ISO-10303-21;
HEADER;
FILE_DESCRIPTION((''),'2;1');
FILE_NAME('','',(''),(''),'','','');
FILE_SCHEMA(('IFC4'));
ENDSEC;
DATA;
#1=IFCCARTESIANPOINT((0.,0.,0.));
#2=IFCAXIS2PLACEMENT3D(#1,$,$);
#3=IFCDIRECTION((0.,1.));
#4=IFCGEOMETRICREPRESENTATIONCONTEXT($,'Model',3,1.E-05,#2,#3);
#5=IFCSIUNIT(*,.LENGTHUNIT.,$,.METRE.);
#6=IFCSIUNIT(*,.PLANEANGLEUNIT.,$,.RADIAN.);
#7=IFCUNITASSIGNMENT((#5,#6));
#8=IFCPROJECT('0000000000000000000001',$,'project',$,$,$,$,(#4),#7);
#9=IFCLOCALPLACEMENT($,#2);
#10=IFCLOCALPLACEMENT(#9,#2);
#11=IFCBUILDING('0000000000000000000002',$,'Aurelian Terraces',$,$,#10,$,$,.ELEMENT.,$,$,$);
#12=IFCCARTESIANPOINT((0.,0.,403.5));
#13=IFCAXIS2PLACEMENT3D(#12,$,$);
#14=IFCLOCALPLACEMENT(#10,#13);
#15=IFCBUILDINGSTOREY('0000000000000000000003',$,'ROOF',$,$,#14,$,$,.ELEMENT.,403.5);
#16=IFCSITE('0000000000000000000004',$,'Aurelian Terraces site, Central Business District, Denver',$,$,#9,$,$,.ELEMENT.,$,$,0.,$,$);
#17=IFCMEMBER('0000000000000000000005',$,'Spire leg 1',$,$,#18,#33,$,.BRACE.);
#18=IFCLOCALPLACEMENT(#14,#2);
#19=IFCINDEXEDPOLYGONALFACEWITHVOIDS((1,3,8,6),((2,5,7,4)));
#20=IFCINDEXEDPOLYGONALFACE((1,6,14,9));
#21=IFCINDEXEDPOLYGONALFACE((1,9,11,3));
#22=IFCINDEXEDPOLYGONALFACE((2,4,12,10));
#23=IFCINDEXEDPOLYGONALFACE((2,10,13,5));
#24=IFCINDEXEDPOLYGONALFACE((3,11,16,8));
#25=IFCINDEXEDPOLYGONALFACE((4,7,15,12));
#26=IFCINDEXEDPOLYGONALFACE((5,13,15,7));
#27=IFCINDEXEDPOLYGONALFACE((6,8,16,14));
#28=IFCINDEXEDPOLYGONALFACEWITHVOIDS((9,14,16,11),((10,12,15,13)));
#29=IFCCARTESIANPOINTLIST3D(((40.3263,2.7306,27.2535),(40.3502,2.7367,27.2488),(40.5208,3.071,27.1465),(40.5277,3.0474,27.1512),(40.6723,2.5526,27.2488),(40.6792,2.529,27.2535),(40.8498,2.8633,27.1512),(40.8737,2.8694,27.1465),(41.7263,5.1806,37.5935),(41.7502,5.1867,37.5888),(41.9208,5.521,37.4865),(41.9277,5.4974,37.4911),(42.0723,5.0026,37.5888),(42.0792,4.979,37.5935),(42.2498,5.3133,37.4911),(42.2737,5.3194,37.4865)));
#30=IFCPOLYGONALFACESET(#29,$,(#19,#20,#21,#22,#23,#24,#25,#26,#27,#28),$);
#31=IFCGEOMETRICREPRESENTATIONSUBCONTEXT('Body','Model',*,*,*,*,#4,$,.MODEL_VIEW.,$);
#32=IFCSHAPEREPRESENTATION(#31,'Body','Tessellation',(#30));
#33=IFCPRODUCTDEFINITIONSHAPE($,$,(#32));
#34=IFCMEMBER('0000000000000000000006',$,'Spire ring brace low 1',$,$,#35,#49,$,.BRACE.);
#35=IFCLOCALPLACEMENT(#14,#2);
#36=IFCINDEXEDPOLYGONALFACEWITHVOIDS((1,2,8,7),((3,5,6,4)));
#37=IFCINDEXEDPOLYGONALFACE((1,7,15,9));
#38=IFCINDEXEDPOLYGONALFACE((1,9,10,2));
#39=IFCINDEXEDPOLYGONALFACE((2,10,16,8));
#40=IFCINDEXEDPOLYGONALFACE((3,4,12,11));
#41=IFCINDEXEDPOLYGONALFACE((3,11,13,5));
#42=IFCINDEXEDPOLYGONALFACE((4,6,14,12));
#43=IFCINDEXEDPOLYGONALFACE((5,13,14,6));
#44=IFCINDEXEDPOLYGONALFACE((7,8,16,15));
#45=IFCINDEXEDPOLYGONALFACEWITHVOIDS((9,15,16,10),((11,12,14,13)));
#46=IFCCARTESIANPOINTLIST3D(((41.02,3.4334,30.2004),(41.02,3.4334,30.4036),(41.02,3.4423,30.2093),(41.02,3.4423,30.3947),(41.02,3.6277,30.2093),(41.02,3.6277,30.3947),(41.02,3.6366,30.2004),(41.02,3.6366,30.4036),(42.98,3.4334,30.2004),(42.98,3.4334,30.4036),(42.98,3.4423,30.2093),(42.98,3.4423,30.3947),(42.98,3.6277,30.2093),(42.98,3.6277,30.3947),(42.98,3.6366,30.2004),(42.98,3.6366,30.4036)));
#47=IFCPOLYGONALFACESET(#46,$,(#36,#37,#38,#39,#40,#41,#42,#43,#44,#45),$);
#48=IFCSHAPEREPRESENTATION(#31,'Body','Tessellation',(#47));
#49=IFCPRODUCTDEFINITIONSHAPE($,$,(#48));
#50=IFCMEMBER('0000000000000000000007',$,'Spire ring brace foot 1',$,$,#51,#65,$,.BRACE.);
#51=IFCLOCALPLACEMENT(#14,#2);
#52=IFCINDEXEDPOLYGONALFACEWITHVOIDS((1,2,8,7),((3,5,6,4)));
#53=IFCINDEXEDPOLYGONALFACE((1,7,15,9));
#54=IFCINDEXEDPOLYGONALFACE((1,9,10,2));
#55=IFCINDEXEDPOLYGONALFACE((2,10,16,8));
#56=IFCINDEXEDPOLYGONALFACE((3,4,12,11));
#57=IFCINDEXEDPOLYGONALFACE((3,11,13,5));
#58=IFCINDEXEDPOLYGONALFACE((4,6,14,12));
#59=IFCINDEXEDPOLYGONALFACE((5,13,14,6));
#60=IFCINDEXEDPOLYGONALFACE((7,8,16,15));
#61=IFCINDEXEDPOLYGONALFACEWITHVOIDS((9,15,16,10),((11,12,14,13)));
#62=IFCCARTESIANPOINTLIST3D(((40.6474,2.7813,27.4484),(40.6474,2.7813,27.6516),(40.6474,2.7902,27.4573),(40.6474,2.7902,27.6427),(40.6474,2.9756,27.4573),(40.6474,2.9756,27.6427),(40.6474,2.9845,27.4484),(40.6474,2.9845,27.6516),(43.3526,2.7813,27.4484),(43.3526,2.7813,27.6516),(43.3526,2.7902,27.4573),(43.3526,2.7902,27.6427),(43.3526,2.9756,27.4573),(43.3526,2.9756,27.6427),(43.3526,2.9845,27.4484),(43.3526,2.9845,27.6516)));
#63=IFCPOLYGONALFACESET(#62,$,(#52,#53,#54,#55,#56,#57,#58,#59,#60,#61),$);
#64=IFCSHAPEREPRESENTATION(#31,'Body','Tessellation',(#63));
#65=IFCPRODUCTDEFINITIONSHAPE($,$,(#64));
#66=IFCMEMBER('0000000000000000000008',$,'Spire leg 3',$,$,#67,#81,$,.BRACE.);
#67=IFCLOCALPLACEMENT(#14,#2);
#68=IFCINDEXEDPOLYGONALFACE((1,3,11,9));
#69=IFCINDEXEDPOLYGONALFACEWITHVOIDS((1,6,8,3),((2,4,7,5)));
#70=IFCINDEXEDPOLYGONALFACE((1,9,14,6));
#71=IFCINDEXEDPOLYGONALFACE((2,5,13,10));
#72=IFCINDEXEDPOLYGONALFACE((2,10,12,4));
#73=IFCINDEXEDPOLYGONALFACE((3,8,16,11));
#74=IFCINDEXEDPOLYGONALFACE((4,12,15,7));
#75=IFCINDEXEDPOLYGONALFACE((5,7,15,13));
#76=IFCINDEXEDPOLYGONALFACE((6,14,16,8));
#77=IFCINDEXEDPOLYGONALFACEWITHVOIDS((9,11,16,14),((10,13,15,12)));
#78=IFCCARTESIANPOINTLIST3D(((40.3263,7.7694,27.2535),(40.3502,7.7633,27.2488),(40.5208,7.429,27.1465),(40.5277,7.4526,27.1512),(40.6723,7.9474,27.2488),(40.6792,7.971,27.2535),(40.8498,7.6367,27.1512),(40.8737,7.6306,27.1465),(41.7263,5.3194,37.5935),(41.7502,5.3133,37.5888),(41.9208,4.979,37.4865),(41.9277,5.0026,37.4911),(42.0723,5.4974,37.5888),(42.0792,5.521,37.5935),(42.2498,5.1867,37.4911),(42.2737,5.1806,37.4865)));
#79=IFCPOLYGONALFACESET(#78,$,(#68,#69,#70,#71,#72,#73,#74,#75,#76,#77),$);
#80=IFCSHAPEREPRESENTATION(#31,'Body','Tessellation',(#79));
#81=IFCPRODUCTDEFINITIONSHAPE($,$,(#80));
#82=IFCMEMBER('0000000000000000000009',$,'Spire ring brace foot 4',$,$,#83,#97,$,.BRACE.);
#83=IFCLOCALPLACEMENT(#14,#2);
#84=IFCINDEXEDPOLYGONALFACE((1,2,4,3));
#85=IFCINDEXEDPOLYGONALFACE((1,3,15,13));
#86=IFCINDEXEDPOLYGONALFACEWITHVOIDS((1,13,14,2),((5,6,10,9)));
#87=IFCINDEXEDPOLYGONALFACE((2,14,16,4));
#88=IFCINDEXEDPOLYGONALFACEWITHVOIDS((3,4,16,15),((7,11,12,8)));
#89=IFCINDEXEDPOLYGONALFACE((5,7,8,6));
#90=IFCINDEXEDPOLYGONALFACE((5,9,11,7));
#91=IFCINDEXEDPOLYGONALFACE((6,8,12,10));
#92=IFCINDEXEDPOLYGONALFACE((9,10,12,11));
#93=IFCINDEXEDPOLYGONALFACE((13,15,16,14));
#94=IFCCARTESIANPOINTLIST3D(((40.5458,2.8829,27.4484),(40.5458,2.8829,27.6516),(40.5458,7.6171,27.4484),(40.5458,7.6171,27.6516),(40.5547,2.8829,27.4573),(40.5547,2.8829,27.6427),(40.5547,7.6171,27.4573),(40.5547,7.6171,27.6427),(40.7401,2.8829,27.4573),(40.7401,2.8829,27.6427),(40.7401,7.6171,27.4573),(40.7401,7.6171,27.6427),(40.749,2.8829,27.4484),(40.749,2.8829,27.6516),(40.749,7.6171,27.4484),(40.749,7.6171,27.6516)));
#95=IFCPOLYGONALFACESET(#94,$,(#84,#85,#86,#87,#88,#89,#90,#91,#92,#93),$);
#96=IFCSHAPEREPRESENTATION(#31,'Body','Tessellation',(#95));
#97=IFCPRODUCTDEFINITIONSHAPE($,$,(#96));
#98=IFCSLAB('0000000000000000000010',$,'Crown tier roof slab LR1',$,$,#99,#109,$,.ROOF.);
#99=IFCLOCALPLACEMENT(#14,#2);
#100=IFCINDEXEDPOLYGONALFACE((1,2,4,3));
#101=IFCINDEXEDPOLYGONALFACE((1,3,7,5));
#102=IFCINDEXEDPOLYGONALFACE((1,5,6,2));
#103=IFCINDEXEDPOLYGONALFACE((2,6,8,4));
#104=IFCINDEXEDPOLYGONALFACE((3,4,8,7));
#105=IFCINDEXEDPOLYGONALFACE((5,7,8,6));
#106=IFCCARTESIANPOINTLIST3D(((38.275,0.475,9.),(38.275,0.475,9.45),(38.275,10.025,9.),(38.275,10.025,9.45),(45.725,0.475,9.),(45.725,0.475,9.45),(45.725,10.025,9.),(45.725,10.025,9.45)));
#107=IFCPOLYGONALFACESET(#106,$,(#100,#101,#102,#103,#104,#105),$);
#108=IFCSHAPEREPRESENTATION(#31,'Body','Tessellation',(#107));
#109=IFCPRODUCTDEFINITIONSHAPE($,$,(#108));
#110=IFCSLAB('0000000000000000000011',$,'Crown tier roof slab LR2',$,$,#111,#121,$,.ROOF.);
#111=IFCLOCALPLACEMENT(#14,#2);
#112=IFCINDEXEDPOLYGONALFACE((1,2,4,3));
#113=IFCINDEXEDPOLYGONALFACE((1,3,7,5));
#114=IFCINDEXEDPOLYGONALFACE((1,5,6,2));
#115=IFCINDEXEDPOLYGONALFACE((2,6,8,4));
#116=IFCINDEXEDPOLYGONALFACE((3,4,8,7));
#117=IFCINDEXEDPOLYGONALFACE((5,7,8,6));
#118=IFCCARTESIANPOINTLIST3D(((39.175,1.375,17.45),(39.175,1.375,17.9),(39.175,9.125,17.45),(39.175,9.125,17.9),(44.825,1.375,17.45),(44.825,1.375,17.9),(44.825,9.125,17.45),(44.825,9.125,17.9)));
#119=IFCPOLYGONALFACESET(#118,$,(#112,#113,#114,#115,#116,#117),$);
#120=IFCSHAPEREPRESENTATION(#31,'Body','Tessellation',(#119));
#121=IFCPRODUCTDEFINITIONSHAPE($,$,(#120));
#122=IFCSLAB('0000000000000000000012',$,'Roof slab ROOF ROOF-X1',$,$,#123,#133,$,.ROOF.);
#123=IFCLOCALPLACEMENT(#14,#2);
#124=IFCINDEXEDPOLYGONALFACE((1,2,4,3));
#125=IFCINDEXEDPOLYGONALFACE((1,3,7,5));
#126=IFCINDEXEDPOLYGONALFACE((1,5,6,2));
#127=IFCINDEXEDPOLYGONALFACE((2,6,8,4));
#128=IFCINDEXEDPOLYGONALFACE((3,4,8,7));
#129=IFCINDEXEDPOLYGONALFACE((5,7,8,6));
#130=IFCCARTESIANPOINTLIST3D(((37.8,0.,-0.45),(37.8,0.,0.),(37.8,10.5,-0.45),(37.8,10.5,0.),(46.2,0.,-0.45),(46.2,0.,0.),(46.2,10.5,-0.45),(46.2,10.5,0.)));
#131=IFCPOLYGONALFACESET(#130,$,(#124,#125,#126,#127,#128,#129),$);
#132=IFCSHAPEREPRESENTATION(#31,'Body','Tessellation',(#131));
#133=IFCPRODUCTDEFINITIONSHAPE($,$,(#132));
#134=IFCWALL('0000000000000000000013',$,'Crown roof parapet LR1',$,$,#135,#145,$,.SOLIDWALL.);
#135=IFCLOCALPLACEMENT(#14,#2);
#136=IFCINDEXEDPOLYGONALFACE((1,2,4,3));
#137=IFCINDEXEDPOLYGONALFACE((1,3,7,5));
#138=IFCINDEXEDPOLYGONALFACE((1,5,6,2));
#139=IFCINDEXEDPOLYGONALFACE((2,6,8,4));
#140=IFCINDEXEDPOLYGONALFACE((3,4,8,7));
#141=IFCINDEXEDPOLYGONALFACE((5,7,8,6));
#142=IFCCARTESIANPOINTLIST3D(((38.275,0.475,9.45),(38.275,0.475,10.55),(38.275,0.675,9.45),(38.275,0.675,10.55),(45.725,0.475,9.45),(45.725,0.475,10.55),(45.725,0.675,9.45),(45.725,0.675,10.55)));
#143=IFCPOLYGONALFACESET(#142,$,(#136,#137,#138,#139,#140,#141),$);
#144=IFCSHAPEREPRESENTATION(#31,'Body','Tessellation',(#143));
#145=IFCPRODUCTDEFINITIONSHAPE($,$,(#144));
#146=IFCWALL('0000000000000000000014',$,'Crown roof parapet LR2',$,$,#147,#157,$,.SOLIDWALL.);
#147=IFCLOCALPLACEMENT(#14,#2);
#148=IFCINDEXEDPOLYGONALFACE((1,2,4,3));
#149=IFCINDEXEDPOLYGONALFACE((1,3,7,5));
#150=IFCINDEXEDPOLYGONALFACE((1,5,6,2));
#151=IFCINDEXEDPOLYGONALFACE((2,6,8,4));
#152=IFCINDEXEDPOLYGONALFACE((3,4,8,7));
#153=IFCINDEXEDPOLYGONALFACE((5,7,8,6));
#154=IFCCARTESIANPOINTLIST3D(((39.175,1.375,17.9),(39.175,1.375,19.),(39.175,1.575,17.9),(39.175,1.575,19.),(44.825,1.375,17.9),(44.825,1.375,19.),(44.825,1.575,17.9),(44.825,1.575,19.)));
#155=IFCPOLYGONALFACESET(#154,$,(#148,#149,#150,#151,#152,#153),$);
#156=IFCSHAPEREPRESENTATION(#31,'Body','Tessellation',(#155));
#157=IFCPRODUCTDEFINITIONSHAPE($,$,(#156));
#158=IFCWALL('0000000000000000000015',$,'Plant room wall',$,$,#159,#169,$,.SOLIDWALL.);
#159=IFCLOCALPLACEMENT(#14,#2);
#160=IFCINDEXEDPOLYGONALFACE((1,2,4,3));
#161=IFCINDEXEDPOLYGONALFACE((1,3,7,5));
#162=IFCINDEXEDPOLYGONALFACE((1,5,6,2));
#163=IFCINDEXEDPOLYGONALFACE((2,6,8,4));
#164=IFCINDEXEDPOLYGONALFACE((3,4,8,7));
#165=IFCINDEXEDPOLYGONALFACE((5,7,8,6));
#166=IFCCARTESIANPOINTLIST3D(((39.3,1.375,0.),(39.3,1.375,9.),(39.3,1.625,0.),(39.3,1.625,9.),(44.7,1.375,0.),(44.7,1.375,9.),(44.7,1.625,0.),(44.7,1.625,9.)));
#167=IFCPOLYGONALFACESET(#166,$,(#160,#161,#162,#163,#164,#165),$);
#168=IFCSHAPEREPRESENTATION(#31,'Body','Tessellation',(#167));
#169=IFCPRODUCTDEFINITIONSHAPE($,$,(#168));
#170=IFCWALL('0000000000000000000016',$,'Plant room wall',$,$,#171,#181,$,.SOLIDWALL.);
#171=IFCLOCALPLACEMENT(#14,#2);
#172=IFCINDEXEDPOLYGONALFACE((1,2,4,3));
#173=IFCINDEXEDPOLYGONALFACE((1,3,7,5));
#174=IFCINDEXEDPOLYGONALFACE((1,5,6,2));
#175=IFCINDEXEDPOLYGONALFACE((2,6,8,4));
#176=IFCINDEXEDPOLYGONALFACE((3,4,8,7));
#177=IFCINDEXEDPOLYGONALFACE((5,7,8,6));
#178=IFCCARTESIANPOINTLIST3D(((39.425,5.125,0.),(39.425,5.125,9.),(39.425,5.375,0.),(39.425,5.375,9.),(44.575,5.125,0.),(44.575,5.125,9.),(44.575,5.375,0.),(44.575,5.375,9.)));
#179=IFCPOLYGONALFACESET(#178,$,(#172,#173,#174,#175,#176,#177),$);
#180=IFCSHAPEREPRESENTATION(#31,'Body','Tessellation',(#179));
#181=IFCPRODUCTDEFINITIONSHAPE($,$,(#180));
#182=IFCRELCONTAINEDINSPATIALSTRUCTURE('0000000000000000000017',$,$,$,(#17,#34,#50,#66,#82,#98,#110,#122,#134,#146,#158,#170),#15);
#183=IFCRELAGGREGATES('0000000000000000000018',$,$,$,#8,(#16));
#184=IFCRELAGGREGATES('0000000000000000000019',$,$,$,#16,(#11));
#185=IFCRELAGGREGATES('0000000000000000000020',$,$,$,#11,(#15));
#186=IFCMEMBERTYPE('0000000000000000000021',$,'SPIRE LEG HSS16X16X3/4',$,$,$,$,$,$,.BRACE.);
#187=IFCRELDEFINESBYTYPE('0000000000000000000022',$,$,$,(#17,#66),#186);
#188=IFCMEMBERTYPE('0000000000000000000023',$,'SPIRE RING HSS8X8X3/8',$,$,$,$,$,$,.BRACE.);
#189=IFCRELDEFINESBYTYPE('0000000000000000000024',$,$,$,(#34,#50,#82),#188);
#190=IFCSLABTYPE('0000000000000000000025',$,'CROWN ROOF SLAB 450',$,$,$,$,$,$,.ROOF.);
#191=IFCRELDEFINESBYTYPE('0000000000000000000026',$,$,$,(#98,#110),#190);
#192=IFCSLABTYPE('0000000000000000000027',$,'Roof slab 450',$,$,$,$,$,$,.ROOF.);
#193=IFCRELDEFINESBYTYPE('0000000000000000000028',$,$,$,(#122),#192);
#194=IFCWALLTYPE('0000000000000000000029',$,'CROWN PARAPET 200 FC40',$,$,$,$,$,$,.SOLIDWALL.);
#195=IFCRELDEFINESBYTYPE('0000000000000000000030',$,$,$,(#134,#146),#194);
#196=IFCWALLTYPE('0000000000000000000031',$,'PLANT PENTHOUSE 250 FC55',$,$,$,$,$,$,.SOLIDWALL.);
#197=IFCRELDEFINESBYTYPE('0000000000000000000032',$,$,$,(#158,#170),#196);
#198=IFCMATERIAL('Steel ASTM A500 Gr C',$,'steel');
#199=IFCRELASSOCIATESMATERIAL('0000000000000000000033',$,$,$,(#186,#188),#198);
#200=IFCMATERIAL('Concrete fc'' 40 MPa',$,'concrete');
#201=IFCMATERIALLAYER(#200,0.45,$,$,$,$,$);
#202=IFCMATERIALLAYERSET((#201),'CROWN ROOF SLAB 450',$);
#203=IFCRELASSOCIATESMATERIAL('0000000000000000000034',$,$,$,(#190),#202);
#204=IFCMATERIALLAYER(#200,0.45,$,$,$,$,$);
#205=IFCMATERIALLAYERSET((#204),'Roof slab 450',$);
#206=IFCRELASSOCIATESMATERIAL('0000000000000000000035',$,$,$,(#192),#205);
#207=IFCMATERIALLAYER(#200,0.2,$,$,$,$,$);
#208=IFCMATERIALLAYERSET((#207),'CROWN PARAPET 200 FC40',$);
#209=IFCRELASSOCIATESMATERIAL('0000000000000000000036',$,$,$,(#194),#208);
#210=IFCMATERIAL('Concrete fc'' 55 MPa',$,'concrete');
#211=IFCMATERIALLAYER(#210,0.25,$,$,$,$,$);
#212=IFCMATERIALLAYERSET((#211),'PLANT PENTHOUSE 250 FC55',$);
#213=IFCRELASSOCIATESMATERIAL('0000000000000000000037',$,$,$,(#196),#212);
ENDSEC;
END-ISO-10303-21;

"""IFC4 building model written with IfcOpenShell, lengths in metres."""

from ifc_helpers import new_model, si_unit, direction, frame, frame_2d, origin, origin_2d, place, context, subcontext, project, spatial, polyline, rectangle, hollow_rectangle, outline, extrude, source, transform, mapped, material, layer, layer_set, material_profile, profile_set, type_object, element, save


model = new_model("IFC4")

# Units and contexts
model_context = context("Model", 3, precision=1e-05, world=origin(), true_north=direction((0.0, 1.0)))
body_context = subcontext(model_context, "Body", "Model", "MODEL_VIEW")
ifc_project = project(units=[si_unit("LENGTHUNIT", "METRE"), si_unit("PLANEANGLEUNIT", "RADIAN")], contexts=[model_context])

# Site, building, storey
site_placement = place(None, origin())
site = spatial("IfcSite", under=ifc_project, at=site_placement, Name="Aurelian Terraces site, Central Business District, Denver", CompositionType="ELEMENT", RefElevation=0.0)
building_placement = place(site_placement, origin())
building = spatial("IfcBuilding", under=site, at=building_placement, Name="Aurelian Terraces", CompositionType="ELEMENT")
storey_placement = place(building_placement, frame((0.0, 0.0, 403.5)))
storey = spatial("IfcBuildingStorey", under=building, at=storey_placement, Name="ROOF", CompositionType="ELEMENT", Elevation=403.5)

# Members
ifc_material_1 = material(Name="Steel ASTM A500 Gr C", Category="steel")
ifc_material_profile_1 = material_profile(ifc_material_1, hollow_rectangle(XDim=0.4064, YDim=0.4064, WallThickness=0.0177, at=origin_2d()))
ifc_profile_set_1 = profile_set([ifc_material_profile_1], Name="Steel ASTM A500 Gr C")
member_type_1 = type_object("IfcMemberType", Name="SPIRE LEG HSS16X16X3/4", PredefinedType="BRACE", material=ifc_profile_set_1)
member_1_placement = place(storey_placement, frame((40.6, 2.8, 27.2), z_axis=(0.13062, 0.228585, 0.964721), x_axis=(-0.868243, 0.496139, 0.0)))
element("IfcMember", 1, at=member_1_placement, inside=storey, type_object=member_type_1, Name="Spire leg 1", PredefinedType="BRACE", context=body_context, shape_type="SweptSolid", body=[
    extrude(hollow_rectangle(XDim=0.4064, YDim=0.4064, WallThickness=0.0177, at=origin_2d()), origin(), (0.0, 0.0, 1.0), 10.7181),
])
ifc_material_profile_2 = material_profile(ifc_material_1, hollow_rectangle(XDim=0.2032, YDim=0.2032, WallThickness=0.0089, at=origin_2d()))
ifc_profile_set_2 = profile_set([ifc_material_profile_2], Name="Steel ASTM A500 Gr C")
member_type_2 = type_object("IfcMemberType", Name="SPIRE RING HSS8X8X3/8", PredefinedType="BRACE", material=ifc_profile_set_2)
member_2_placement = place(storey_placement, frame((41.02, 3.535, 30.302), z_axis=(1.0, 0.0, 0.0), x_axis=(0.0, 1.0, 0.0)))
element("IfcMember", 2, at=member_2_placement, inside=storey, type_object=member_type_2, Name="Spire ring brace low 1", PredefinedType="BRACE", context=body_context, shape_type="SweptSolid", body=[
    extrude(hollow_rectangle(XDim=0.2032, YDim=0.2032, WallThickness=0.0089, at=origin_2d()), origin(), (0.0, 0.0, 1.0), 1.96),
])
member_3_placement = place(storey_placement, frame((40.6474, 2.8829, 27.55), z_axis=(1.0, 0.0, 0.0), x_axis=(0.0, 1.0, 0.0)))
element("IfcMember", 3, at=member_3_placement, inside=storey, type_object=member_type_2, Name="Spire ring brace foot 1", PredefinedType="BRACE", context=body_context, shape_type="SweptSolid", body=[
    extrude(hollow_rectangle(XDim=0.2032, YDim=0.2032, WallThickness=0.0089, at=origin_2d()), origin(), (0.0, 0.0, 1.0), 2.7052),
])
shared_shape_1 = source(origin(), body_context, "Body", "SweptSolid", [
    extrude(hollow_rectangle(XDim=0.4064, YDim=0.4064, WallThickness=0.0177, at=origin_2d()), origin(), (0.0, 0.0, 1.0), 10.7181),
])
member_4_placement = place(storey_placement, frame((40.6, 7.7, 27.2), z_axis=(0.13062, -0.228585, 0.964721), x_axis=(0.868243, 0.496139, 0.0)))
element("IfcMember", 4, at=member_4_placement, inside=storey, type_object=member_type_1, Name="Spire leg 3", PredefinedType="BRACE", context=body_context, shape_type="MappedRepresentation", body=[
    mapped(shared_shape_1, transform((0.0, 0.0, 0.0), scale=1.0)),
])
shared_shape_2 = source(origin(), body_context, "Body", "SweptSolid", [
    extrude(hollow_rectangle(XDim=0.2032, YDim=0.2032, WallThickness=0.0089, at=origin_2d()), origin(), (0.0, 0.0, 1.0), 4.7342),
])
member_5_placement = place(storey_placement, frame((40.6474, 7.6171, 27.55), z_axis=(0.0, -1.0, 0.0), x_axis=(1.0, 0.0, 0.0)))
element("IfcMember", 5, at=member_5_placement, inside=storey, type_object=member_type_2, Name="Spire ring brace foot 4", PredefinedType="BRACE", context=body_context, shape_type="MappedRepresentation", body=[
    mapped(shared_shape_2, transform((0.0, 0.0, 0.0), scale=1.0)),
])

# Slabs
ifc_material_2 = material(Name="Concrete fc' 40 MPa", Category="concrete")
ifc_layer_1 = layer(ifc_material_2, 0.45)
ifc_layer_set_1 = layer_set([ifc_layer_1], Name="CROWN ROOF SLAB 450")
slab_type_1 = type_object("IfcSlabType", Name="CROWN ROOF SLAB 450", PredefinedType="ROOF", material=ifc_layer_set_1)
slab_1_placement = place(storey_placement, frame((0.0, 0.0, 9.0)))
element("IfcSlab", 6, at=slab_1_placement, inside=storey, type_object=slab_type_1, Name="Crown tier roof slab LR1", PredefinedType="ROOF", context=body_context, shape_type="SweptSolid", body=[
    extrude(outline(polyline([(45.725, 0.475), (45.725, 10.025), (38.275, 10.025), (38.275, 0.475), (45.725, 0.475)])), origin(), (0.0, 0.0, 1.0), 0.45),
])
slab_2_placement = place(storey_placement, frame((0.0, 0.0, 17.45)))
element("IfcSlab", 7, at=slab_2_placement, inside=storey, type_object=slab_type_1, Name="Crown tier roof slab LR2", PredefinedType="ROOF", context=body_context, shape_type="SweptSolid", body=[
    extrude(outline(polyline([(44.825, 1.375), (44.825, 9.125), (39.175, 9.125), (39.175, 1.375), (44.825, 1.375)])), origin(), (0.0, 0.0, 1.0), 0.45),
])
ifc_layer_2 = layer(ifc_material_2, 0.45)
ifc_layer_set_2 = layer_set([ifc_layer_2], Name="Roof slab 450")
slab_type_2 = type_object("IfcSlabType", Name="Roof slab 450", PredefinedType="ROOF", material=ifc_layer_set_2)
slab_3_placement = place(storey_placement, frame((0.0, 0.0, -0.45)))
element("IfcSlab", 8, at=slab_3_placement, inside=storey, type_object=slab_type_2, Name="Roof slab ROOF ROOF-X1", PredefinedType="ROOF", context=body_context, shape_type="SweptSolid", body=[
    extrude(outline(polyline([(37.8, 10.5), (46.2, 10.5), (46.2, 0.0), (37.8, 0.0), (37.8, 10.5)])), origin(), (0.0, 0.0, 1.0), 0.45),
])

# Walls
ifc_layer_3 = layer(ifc_material_2, 0.2)
ifc_layer_set_3 = layer_set([ifc_layer_3], Name="CROWN PARAPET 200 FC40")
wall_type_1 = type_object("IfcWallType", Name="CROWN PARAPET 200 FC40", PredefinedType="SOLIDWALL", material=ifc_layer_set_3)
wall_1_placement = place(storey_placement, frame((38.275, 0.575, 9.45), z_axis=(0.0, 0.0, 1.0), x_axis=(1.0, 0.0, 0.0)))
element("IfcWall", 9, at=wall_1_placement, inside=storey, type_object=wall_type_1, Name="Crown roof parapet LR1", PredefinedType="SOLIDWALL", context=body_context, shape_type="SweptSolid", body=[
    extrude(rectangle(XDim=7.45, YDim=0.2, at=frame_2d((3.725, 0.0))), origin(), (0.0, 0.0, 1.0), 1.1),
])
wall_2_placement = place(storey_placement, frame((39.175, 1.475, 17.9), z_axis=(0.0, 0.0, 1.0), x_axis=(1.0, 0.0, 0.0)))
element("IfcWall", 10, at=wall_2_placement, inside=storey, type_object=wall_type_1, Name="Crown roof parapet LR2", PredefinedType="SOLIDWALL", context=body_context, shape_type="SweptSolid", body=[
    extrude(rectangle(XDim=5.65, YDim=0.2, at=frame_2d((2.825, 0.0))), origin(), (0.0, 0.0, 1.0), 1.1),
])
ifc_material_3 = material(Name="Concrete fc' 55 MPa", Category="concrete")
ifc_layer_4 = layer(ifc_material_3, 0.25)
ifc_layer_set_4 = layer_set([ifc_layer_4], Name="PLANT PENTHOUSE 250 FC55")
wall_type_2 = type_object("IfcWallType", Name="PLANT PENTHOUSE 250 FC55", PredefinedType="SOLIDWALL", material=ifc_layer_set_4)
wall_3_placement = place(storey_placement, frame((39.3, 1.5, 0.0), z_axis=(0.0, 0.0, 1.0), x_axis=(1.0, 0.0, 0.0)))
element("IfcWall", 11, at=wall_3_placement, inside=storey, type_object=wall_type_2, Name="Plant room wall", PredefinedType="SOLIDWALL", context=body_context, shape_type="SweptSolid", body=[
    extrude(rectangle(XDim=5.4, YDim=0.25, at=frame_2d((2.7, 0.0))), origin(), (0.0, 0.0, 1.0), 9.0),
])
wall_4_placement = place(storey_placement, frame((39.425, 5.25, 0.0), z_axis=(0.0, 0.0, 1.0), x_axis=(1.0, 0.0, 0.0)))
element("IfcWall", 12, at=wall_4_placement, inside=storey, type_object=wall_type_2, Name="Plant room wall", PredefinedType="SOLIDWALL", context=body_context, shape_type="SweptSolid", body=[
    extrude(rectangle(XDim=5.15, YDim=0.25, at=frame_2d((2.575, 0.0))), origin(), (0.0, 0.0, 1.0), 9.0),
])

save(model, "model.ifc")
